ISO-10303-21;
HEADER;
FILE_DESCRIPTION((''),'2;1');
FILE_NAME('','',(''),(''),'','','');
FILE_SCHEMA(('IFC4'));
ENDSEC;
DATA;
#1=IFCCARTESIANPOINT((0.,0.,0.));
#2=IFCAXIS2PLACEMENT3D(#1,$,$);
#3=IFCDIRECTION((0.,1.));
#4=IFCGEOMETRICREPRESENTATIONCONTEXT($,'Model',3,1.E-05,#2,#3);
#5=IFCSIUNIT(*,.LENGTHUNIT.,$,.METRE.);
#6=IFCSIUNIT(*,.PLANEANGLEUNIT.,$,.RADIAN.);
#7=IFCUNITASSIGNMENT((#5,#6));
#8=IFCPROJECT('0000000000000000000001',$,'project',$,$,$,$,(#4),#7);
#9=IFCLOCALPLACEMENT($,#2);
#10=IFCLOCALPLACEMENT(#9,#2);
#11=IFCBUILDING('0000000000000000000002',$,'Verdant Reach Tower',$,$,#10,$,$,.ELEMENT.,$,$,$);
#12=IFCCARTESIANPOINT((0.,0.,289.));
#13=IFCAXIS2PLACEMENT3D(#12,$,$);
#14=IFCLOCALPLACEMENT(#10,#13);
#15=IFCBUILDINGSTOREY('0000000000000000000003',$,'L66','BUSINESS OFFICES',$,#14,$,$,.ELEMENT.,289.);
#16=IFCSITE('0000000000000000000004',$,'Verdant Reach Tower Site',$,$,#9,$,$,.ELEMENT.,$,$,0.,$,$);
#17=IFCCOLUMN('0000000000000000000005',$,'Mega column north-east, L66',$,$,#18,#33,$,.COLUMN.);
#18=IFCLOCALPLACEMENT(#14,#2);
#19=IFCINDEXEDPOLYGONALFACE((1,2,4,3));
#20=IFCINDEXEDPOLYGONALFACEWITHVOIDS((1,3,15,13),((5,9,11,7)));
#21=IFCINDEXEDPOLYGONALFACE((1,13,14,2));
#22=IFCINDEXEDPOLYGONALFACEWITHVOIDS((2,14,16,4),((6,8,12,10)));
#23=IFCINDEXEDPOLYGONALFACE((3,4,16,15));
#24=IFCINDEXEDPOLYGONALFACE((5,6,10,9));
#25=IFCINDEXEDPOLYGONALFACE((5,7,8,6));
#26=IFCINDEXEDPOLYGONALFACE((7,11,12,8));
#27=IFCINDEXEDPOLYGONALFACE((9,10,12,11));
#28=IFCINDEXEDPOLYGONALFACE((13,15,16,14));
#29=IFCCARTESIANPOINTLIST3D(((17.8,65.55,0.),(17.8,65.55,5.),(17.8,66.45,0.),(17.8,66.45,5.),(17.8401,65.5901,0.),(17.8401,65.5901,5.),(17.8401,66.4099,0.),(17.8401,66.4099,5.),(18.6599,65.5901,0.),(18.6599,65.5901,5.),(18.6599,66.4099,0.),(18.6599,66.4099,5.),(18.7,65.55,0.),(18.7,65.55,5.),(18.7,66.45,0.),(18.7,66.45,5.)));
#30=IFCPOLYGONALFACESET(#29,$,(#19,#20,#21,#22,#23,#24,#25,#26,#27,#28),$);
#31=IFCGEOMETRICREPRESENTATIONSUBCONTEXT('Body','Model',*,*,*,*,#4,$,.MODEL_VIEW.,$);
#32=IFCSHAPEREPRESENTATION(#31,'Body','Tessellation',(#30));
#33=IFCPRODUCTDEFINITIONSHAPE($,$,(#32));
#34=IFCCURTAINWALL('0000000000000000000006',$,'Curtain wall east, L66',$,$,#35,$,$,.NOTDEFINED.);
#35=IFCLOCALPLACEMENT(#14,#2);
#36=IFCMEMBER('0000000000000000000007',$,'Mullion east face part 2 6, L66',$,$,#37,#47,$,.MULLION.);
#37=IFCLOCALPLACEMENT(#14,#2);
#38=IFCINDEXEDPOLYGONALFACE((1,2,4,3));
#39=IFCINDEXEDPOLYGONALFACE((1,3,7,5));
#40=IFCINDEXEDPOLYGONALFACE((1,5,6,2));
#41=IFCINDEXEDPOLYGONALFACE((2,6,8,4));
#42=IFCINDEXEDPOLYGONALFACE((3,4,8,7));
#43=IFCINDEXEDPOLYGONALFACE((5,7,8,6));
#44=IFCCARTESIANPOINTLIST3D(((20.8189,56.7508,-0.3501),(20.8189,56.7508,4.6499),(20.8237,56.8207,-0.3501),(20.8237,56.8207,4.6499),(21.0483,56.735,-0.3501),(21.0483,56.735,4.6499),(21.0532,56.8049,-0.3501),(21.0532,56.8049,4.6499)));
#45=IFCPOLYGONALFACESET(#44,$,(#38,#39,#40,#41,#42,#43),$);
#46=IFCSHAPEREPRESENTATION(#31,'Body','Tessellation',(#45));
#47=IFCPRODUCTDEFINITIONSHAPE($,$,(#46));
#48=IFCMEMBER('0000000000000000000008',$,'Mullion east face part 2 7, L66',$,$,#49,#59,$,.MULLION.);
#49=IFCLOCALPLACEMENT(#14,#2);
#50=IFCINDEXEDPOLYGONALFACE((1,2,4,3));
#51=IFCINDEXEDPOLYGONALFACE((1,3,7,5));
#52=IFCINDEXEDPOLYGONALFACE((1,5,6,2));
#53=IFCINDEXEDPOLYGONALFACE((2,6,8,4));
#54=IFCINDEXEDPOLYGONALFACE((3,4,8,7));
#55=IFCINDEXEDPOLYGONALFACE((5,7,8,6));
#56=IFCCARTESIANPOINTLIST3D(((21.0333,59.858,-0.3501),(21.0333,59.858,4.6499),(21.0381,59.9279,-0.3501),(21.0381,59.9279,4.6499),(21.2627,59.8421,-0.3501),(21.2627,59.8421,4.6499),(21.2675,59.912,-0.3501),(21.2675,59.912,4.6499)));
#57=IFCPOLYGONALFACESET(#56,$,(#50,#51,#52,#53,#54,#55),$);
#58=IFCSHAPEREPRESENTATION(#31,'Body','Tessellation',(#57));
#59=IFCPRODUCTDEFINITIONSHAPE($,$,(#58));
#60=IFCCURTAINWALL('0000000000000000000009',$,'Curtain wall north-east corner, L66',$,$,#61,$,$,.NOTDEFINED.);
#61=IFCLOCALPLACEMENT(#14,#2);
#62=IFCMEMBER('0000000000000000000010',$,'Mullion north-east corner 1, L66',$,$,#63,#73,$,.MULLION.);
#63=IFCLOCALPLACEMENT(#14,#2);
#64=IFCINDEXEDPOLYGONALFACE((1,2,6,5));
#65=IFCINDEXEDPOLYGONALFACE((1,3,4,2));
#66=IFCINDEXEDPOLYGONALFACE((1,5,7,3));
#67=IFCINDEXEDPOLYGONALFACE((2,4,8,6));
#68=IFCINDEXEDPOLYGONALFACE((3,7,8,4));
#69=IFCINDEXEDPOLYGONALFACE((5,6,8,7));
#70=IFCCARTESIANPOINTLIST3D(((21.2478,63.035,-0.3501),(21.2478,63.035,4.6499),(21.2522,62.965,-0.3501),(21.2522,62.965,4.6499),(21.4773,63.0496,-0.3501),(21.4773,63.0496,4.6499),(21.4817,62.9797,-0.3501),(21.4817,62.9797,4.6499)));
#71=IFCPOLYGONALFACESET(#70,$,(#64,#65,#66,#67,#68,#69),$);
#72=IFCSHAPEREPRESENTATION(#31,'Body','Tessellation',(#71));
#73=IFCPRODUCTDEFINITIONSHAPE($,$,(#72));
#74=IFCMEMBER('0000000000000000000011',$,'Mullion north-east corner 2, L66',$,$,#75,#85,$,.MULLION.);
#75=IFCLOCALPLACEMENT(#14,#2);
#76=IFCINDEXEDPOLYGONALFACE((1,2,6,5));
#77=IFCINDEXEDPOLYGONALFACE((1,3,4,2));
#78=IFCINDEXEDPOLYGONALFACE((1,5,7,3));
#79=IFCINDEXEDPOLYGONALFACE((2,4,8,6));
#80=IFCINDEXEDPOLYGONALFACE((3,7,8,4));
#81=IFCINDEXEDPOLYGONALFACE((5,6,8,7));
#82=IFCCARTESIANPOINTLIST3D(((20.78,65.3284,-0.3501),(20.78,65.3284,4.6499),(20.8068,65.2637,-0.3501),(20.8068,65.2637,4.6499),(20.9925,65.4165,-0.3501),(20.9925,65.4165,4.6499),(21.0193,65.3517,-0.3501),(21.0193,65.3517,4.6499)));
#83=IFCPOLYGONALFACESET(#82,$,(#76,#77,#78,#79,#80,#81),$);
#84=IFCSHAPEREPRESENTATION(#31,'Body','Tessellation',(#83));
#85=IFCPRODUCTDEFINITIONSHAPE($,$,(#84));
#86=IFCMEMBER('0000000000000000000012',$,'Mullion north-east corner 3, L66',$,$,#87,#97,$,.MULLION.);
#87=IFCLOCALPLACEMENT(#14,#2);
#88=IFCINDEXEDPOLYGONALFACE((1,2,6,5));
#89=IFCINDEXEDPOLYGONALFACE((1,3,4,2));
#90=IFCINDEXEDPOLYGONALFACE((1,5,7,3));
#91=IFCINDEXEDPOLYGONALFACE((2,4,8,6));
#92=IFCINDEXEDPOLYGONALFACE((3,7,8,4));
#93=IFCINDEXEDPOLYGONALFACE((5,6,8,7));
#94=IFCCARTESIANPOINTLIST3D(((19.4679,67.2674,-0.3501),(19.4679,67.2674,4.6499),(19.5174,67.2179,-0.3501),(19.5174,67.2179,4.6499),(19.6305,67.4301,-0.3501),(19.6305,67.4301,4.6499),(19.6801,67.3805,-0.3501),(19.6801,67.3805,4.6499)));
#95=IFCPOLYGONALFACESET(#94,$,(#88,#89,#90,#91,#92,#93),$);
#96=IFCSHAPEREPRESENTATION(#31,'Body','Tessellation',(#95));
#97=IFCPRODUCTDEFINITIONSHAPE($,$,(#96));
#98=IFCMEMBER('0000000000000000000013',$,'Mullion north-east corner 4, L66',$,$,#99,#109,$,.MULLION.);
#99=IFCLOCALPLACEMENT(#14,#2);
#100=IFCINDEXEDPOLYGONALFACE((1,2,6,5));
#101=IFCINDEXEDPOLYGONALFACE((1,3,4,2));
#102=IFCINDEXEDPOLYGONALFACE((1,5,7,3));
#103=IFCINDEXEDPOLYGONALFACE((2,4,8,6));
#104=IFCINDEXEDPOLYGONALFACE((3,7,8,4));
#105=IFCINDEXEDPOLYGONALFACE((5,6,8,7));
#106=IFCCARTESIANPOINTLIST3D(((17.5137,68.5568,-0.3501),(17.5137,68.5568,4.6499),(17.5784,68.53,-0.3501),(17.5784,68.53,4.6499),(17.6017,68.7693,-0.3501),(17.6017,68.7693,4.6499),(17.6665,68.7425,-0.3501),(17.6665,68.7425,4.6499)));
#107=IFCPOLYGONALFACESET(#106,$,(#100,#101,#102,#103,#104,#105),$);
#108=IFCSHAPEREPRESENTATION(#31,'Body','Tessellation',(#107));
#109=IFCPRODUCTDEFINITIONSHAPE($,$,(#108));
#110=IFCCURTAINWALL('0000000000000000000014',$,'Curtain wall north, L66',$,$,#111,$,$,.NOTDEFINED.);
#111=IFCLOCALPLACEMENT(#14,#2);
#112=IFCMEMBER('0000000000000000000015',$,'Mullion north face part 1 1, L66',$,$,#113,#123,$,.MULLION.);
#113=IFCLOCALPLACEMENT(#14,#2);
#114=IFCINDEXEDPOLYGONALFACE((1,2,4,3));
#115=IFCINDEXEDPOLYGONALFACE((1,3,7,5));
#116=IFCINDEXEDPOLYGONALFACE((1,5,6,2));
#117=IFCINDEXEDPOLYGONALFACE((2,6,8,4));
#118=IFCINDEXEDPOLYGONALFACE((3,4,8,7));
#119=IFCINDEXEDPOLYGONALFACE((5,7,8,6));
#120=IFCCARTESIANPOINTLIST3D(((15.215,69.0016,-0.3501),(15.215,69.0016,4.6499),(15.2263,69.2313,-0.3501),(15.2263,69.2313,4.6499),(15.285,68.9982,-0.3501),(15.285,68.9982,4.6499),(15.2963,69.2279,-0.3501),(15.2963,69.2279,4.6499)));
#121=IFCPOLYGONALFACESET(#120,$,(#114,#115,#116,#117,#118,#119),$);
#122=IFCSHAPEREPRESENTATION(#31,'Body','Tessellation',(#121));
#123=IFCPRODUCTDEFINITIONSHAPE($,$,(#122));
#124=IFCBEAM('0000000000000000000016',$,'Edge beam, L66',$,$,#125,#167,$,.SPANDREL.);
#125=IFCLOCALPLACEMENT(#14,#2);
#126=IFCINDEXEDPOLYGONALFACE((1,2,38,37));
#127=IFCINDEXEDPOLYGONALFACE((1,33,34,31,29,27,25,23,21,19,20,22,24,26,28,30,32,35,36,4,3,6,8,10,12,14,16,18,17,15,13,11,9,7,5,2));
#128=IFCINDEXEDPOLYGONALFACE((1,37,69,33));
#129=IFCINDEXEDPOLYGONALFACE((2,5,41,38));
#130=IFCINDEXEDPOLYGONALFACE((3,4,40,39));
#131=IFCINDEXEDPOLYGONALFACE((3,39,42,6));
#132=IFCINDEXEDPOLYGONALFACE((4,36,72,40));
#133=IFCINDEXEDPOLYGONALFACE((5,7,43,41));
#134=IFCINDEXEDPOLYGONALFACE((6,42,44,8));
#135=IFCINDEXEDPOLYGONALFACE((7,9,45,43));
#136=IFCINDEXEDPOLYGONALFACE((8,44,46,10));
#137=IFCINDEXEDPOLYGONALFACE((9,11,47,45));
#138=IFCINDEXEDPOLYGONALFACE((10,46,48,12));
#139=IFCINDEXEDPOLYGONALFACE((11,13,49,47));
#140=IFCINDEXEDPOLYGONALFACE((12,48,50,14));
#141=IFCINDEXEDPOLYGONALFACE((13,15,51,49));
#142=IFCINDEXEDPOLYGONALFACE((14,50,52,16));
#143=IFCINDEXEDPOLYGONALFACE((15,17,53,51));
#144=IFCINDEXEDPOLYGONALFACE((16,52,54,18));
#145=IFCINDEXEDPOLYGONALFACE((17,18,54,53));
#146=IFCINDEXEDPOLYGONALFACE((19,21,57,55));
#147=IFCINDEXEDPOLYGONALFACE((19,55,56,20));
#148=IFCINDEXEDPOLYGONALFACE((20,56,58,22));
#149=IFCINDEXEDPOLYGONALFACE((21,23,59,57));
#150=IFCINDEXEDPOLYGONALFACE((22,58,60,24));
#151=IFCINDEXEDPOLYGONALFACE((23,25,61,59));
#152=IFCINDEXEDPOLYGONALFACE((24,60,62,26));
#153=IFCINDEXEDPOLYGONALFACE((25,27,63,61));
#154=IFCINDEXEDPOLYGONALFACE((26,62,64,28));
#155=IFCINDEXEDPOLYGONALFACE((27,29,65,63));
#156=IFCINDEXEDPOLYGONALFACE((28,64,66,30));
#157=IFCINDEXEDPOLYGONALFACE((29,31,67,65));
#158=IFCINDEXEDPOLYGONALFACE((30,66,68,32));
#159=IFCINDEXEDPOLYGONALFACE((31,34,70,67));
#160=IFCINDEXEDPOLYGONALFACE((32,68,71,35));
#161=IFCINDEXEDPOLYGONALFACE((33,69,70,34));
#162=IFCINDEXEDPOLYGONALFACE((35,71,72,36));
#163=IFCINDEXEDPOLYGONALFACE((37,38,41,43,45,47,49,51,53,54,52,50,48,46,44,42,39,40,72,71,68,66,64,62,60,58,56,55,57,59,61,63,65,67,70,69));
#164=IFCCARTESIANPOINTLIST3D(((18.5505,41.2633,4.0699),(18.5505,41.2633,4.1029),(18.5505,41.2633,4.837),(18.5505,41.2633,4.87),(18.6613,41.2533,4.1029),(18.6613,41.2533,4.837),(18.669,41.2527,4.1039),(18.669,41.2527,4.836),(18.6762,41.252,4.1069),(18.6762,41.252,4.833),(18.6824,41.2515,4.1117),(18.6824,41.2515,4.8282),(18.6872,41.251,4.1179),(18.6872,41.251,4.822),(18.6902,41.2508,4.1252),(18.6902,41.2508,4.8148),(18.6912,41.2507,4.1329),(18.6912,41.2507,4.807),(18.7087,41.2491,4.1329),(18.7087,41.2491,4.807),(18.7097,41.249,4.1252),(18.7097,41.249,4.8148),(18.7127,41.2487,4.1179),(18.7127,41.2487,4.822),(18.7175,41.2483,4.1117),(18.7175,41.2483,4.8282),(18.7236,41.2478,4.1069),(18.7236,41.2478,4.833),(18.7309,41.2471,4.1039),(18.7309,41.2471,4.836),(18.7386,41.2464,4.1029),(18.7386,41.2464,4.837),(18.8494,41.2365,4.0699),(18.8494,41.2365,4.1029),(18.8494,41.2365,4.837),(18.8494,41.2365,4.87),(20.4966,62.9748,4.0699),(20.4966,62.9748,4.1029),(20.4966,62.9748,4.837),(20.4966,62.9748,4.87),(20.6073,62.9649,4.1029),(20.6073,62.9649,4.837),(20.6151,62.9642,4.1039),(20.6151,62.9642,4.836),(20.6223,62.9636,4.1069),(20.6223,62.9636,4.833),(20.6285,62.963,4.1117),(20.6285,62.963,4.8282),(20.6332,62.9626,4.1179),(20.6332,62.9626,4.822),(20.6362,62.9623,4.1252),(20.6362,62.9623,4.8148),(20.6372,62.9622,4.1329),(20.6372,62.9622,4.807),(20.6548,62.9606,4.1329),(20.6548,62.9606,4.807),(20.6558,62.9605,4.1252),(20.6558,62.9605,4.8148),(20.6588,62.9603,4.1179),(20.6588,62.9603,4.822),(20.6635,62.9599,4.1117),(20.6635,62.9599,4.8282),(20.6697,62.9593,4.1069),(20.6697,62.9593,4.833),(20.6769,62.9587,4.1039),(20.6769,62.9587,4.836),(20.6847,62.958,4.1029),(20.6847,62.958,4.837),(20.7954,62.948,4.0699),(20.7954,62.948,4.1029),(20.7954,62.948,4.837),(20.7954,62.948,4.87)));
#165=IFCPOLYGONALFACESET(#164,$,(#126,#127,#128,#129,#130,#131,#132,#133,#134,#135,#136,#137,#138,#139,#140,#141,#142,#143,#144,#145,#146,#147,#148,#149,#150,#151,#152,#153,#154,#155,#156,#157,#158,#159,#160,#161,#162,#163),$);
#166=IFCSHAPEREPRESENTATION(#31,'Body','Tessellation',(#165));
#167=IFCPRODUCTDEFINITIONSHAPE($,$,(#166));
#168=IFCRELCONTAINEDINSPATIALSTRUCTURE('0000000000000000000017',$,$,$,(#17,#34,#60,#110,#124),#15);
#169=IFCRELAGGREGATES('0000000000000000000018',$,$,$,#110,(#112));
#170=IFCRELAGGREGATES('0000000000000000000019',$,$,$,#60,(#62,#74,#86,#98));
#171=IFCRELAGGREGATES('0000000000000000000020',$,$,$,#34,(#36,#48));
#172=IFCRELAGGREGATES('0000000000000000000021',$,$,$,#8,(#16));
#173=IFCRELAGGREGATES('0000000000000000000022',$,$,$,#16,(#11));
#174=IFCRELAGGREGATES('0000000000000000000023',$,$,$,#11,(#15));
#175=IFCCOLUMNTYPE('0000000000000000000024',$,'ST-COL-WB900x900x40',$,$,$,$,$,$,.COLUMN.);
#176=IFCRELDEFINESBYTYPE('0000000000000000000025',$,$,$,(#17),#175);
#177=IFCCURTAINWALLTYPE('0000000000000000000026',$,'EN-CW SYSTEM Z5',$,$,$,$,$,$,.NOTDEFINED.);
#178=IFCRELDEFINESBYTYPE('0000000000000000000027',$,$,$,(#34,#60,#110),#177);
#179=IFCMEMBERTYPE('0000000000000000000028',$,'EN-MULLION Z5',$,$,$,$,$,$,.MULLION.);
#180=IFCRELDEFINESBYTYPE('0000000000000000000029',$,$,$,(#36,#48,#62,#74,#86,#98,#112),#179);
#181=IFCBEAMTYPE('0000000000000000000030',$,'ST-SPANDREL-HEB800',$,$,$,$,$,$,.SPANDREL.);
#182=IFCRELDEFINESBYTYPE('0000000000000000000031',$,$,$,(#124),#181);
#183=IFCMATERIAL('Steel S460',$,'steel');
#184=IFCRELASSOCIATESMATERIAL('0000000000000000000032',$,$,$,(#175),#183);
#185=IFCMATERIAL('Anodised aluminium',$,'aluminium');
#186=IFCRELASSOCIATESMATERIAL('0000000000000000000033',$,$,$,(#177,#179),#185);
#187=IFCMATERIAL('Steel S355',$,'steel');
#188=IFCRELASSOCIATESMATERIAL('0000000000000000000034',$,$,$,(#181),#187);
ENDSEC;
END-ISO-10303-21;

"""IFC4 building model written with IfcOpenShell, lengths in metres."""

from ifc_helpers import new_model, si_unit, direction, frame, origin, origin_2d, place, context, subcontext, project, spatial, rectangle, hollow_rectangle, i_section, extrude, material, material_profile, profile_set, type_object, element, aggregate, save


model = new_model("IFC4")

# Units and contexts
model_context = context("Model", 3, precision=1e-05, world=origin(), true_north=direction((0.0, 1.0)))
body_context = subcontext(model_context, "Body", "Model", "MODEL_VIEW")
ifc_project = project(units=[si_unit("LENGTHUNIT", "METRE"), si_unit("PLANEANGLEUNIT", "RADIAN")], contexts=[model_context])

# Site, building, storey
site_placement = place(None, origin())
site = spatial("IfcSite", under=ifc_project, at=site_placement, Name="Verdant Reach Tower Site", CompositionType="ELEMENT", RefElevation=0.0)
building_placement = place(site_placement, origin())
building = spatial("IfcBuilding", under=site, at=building_placement, Name="Verdant Reach Tower", CompositionType="ELEMENT")
storey_placement = place(building_placement, frame((0.0, 0.0, 289.0)))
storey = spatial("IfcBuildingStorey", under=building, at=storey_placement, Name="L66", Description="BUSINESS OFFICES", CompositionType="ELEMENT", Elevation=289.0)

# Column
ifc_material_1 = material(Name="Steel S460", Category="steel")
ifc_material_profile_1 = material_profile(ifc_material_1, hollow_rectangle(XDim=0.8999, YDim=0.8999, WallThickness=0.04, at=origin_2d()), Name="WB 900x900x40")
ifc_profile_set_1 = profile_set([ifc_material_profile_1], Name="Steel S460")
column_type = type_object("IfcColumnType", Name="ST-COL-WB900x900x40", PredefinedType="COLUMN", material=ifc_profile_set_1)
column_placement = place(storey_placement, frame((18.25, 66.0, 0.0), z_axis=(0.0, 0.0, 1.0), x_axis=(1.0, 0.0, 0.0)))
element("IfcColumn", 1, at=column_placement, inside=storey, type_object=column_type, Name="Mega column north-east, L66", PredefinedType="COLUMN", context=body_context, shape_type="SweptSolid", body=[
    extrude(hollow_rectangle(XDim=0.8999, YDim=0.8999, WallThickness=0.04, at=origin_2d()), origin(), (0.0, 0.0, 1.0), 5.0),
])

# Curtain walls, members
ifc_material_2 = material(Name="Anodised aluminium", Category="aluminium")
curtain_wall_type = type_object("IfcCurtainWallType", Name="EN-CW SYSTEM Z5", PredefinedType="NOTDEFINED", material=ifc_material_2)
curtain_wall_1_placement = place(storey_placement, origin())
curtain_wall_1 = element("IfcCurtainWall", 2, at=curtain_wall_1_placement, inside=storey, type_object=curtain_wall_type, Name="Curtain wall east, L66", PredefinedType="NOTDEFINED")
ifc_material_profile_2 = material_profile(ifc_material_2, rectangle(XDim=0.23, YDim=0.0701, at=origin_2d()), Name="Mullion 70x230")
ifc_profile_set_2 = profile_set([ifc_material_profile_2], Name="Anodised aluminium")
member_type = type_object("IfcMemberType", Name="EN-MULLION Z5", PredefinedType="MULLION", material=ifc_profile_set_2)
member_1_placement = place(storey_placement, frame((20.936, 56.7778, -0.3501), z_axis=(0.0, 0.0, 1.0), x_axis=(0.99763, -0.068802, 0.0)))
member_1 = element("IfcMember", 3, at=member_1_placement, type_object=member_type, Name="Mullion east face part 2 6, L66", PredefinedType="MULLION", context=body_context, shape_type="SweptSolid", body=[
    extrude(rectangle(XDim=0.23, YDim=0.0701, at=origin_2d()), origin(), (0.0, 0.0, 1.0), 5.0),
])
member_2_placement = place(storey_placement, frame((21.1504, 59.885, -0.3501), z_axis=(0.0, 0.0, 1.0), x_axis=(0.99763, -0.068802, 0.0)))
member_2 = element("IfcMember", 4, at=member_2_placement, type_object=member_type, Name="Mullion east face part 2 7, L66", PredefinedType="MULLION", context=body_context, shape_type="SweptSolid", body=[
    extrude(rectangle(XDim=0.23, YDim=0.0701, at=origin_2d()), origin(), (0.0, 0.0, 1.0), 5.0),
])
curtain_wall_2_placement = place(storey_placement, origin())
curtain_wall_2 = element("IfcCurtainWall", 5, at=curtain_wall_2_placement, inside=storey, type_object=curtain_wall_type, Name="Curtain wall north-east corner, L66", PredefinedType="NOTDEFINED")
member_3_placement = place(storey_placement, frame((21.3647, 63.0073, -0.3501), z_axis=(0.0, 0.0, 1.0), x_axis=(0.997969, 0.063699, 0.0)))
member_3 = element("IfcMember", 6, at=member_3_placement, type_object=member_type, Name="Mullion north-east corner 1, L66", PredefinedType="MULLION", context=body_context, shape_type="SweptSolid", body=[
    extrude(rectangle(XDim=0.23, YDim=0.0701, at=origin_2d()), origin(), (0.0, 0.0, 1.0), 5.0),
])
member_4_placement = place(storey_placement, frame((20.8997, 65.3401, -0.3501), z_axis=(0.0, 0.0, 1.0), x_axis=(0.923875, 0.382694, 0.0)))
member_4 = element("IfcMember", 7, at=member_4_placement, type_object=member_type, Name="Mullion north-east corner 2, L66", PredefinedType="MULLION", context=body_context, shape_type="SweptSolid", body=[
    extrude(rectangle(XDim=0.23, YDim=0.0701, at=origin_2d()), origin(), (0.0, 0.0, 1.0), 5.0),
])
member_5_placement = place(storey_placement, frame((19.574, 67.324, -0.3501), z_axis=(0.0, 0.0, 1.0), x_axis=(0.707107, 0.707107, 0.0)))
member_5 = element("IfcMember", 8, at=member_5_placement, type_object=member_type, Name="Mullion north-east corner 3, L66", PredefinedType="MULLION", context=body_context, shape_type="SweptSolid", body=[
    extrude(rectangle(XDim=0.23, YDim=0.0701, at=origin_2d()), origin(), (0.0, 0.0, 1.0), 5.0),
])
member_6_placement = place(storey_placement, frame((17.5901, 68.6497, -0.3501), z_axis=(0.0, 0.0, 1.0), x_axis=(0.382694, 0.923875, 0.0)))
member_6 = element("IfcMember", 9, at=member_6_placement, type_object=member_type, Name="Mullion north-east corner 4, L66", PredefinedType="MULLION", context=body_context, shape_type="SweptSolid", body=[
    extrude(rectangle(XDim=0.23, YDim=0.0701, at=origin_2d()), origin(), (0.0, 0.0, 1.0), 5.0),
])

# Curtain wall, member
curtain_wall_3_placement = place(storey_placement, origin())
curtain_wall_3 = element("IfcCurtainWall", 10, at=curtain_wall_3_placement, inside=storey, type_object=curtain_wall_type, Name="Curtain wall north, L66", PredefinedType="NOTDEFINED")
member_7_placement = place(storey_placement, frame((15.2556, 69.1147, -0.3501), z_axis=(0.0, 0.0, 1.0), x_axis=(0.049128, 0.998793, 0.0)))
member_7 = element("IfcMember", 11, at=member_7_placement, type_object=member_type, Name="Mullion north face part 1 1, L66", PredefinedType="MULLION", context=body_context, shape_type="SweptSolid", body=[
    extrude(rectangle(XDim=0.23, YDim=0.0701, at=origin_2d()), origin(), (0.0, 0.0, 1.0), 5.0),
])
aggregate(curtain_wall_3, [member_7])

# Beam
ifc_material_3 = material(Name="Steel S355", Category="steel")
ifc_material_profile_3 = material_profile(ifc_material_3, i_section(OverallWidth=0.3, OverallDepth=0.8, WebThickness=0.0176, FlangeThickness=0.033, FilletRadius=0.03, at=origin_2d()), Name="HEB 800")
ifc_profile_set_3 = profile_set([ifc_material_profile_3], Name="Steel S355")
beam_type_1 = type_object("IfcBeamType", Name="ST-SPANDREL-HEB800", PredefinedType="SPANDREL", material=ifc_profile_set_3)
beam_1_placement = place(storey_placement, frame((20.646, 62.9614, 4.47), z_axis=(-0.089274, -0.996007, 0.0), x_axis=(0.996007, -0.089274, 0.0)))
element("IfcBeam", 12, at=beam_1_placement, inside=storey, type_object=beam_type_1, Name="Edge beam, L66", PredefinedType="SPANDREL", context=body_context, shape_type="SweptSolid", body=[
    extrude(i_section(OverallWidth=0.3, OverallDepth=0.8, WebThickness=0.0176, FlangeThickness=0.033, FilletRadius=0.03, at=origin_2d()), origin(), (0.0, 0.0, 1.0), 21.7986),
])

aggregate(curtain_wall_2, [member_3, member_4, member_5, member_6])
aggregate(curtain_wall_1, [member_1, member_2])

save(model, "model.ifc")
